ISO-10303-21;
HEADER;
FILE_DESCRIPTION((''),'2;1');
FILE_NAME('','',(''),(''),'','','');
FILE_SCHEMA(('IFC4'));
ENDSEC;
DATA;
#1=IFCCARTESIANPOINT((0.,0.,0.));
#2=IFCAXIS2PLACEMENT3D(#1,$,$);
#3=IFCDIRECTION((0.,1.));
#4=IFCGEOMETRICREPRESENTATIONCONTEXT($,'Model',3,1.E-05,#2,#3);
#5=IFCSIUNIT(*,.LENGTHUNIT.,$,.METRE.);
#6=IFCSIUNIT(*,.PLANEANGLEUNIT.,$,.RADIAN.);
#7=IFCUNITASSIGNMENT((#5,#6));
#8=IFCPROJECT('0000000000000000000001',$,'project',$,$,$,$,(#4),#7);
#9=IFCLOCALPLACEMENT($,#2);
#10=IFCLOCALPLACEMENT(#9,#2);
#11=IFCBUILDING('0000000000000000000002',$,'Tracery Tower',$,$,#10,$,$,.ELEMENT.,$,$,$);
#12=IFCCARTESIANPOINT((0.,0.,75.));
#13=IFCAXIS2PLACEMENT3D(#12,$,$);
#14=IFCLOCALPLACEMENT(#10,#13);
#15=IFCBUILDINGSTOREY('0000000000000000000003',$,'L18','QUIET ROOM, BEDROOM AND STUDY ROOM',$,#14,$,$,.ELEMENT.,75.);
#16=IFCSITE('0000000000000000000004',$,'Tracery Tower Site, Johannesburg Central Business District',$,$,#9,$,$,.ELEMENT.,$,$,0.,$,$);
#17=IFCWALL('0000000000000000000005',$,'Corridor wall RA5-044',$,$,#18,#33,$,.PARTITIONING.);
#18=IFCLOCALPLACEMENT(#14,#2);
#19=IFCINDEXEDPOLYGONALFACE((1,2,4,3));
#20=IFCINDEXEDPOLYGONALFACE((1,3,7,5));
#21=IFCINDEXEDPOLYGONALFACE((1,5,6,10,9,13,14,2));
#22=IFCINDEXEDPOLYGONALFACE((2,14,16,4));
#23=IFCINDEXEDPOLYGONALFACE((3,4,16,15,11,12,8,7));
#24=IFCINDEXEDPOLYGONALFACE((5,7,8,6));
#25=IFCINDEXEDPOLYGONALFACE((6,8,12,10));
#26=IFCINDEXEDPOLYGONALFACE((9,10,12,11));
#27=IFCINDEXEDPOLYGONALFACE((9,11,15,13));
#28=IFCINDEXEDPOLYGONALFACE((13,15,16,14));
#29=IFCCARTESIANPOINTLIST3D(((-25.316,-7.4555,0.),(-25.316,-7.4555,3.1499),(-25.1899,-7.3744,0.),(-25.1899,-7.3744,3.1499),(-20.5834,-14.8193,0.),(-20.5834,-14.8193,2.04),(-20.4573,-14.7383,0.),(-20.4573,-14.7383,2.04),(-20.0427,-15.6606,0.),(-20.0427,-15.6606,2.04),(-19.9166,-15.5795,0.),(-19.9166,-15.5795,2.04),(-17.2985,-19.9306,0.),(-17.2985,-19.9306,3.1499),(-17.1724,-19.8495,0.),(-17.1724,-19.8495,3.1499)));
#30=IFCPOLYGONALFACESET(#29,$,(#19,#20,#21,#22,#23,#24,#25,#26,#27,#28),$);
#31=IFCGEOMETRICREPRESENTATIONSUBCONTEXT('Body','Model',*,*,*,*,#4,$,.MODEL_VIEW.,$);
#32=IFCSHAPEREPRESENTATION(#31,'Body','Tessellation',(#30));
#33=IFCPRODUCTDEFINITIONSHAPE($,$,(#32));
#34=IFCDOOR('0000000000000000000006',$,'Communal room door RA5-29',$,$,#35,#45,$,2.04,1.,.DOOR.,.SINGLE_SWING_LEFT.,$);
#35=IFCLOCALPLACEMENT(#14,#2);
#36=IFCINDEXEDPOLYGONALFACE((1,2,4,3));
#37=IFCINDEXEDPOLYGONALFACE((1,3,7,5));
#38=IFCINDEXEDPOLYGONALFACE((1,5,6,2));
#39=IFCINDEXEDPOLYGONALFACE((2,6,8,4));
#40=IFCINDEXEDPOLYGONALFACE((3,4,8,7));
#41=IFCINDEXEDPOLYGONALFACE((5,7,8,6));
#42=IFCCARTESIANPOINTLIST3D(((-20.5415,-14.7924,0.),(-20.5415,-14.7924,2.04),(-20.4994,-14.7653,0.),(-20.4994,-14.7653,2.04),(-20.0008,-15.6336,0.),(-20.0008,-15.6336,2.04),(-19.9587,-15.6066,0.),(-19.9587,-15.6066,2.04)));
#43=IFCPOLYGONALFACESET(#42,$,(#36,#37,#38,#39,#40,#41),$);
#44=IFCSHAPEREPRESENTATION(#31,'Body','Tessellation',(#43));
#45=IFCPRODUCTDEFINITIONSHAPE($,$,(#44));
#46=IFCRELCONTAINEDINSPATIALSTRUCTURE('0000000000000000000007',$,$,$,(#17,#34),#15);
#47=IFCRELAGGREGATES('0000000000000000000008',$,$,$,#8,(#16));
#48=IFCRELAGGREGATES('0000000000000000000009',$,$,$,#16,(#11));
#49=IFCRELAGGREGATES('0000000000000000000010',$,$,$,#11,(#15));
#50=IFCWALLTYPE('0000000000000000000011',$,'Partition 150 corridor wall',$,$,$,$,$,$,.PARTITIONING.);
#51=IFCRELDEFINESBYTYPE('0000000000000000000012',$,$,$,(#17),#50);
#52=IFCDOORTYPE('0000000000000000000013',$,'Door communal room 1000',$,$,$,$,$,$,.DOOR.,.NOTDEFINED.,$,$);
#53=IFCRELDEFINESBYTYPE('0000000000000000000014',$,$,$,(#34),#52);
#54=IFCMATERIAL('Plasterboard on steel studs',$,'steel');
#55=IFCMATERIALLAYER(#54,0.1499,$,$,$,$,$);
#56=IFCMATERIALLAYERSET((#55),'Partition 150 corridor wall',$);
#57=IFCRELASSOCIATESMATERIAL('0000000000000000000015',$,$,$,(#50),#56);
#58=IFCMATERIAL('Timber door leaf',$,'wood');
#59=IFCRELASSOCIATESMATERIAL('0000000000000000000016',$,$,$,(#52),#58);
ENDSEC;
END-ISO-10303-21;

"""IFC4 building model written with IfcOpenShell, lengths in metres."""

from ifc_helpers import new_model, si_unit, direction, frame, frame_2d, origin, place, context, subcontext, project, spatial, rectangle, extrude, material, layer, layer_set, type_object, element, fill, save


model = new_model("IFC4")

# Units and contexts
model_context = context("Model", 3, precision=1e-05, world=origin(), true_north=direction((0.0, 1.0)))
body_context = subcontext(model_context, "Body", "Model", "MODEL_VIEW")
ifc_project = project(units=[si_unit("LENGTHUNIT", "METRE"), si_unit("PLANEANGLEUNIT", "RADIAN")], contexts=[model_context])

# Site, building, storey
site_placement = place(None, origin())
site = spatial("IfcSite", under=ifc_project, at=site_placement, Name="Tracery Tower Site, Johannesburg Central Business District", CompositionType="ELEMENT", RefElevation=0.0)
building_placement = place(site_placement, origin())
building = spatial("IfcBuilding", under=site, at=building_placement, Name="Tracery Tower", CompositionType="ELEMENT")
storey_placement = place(building_placement, frame((0.0, 0.0, 75.0)))
storey = spatial("IfcBuildingStorey", under=building, at=storey_placement, Name="L18", Description="QUIET ROOM, BEDROOM AND STUDY ROOM", CompositionType="ELEMENT", Elevation=75.0)

# Shared definitions
ifc_material_1 = material(Name="Plasterboard on steel studs", Category="steel")
ifc_layer_1 = layer(ifc_material_1, 0.1499)
ifc_layer_set_1 = layer_set([ifc_layer_1], Name="Partition 150 corridor wall")
wall_type_1 = type_object("IfcWallType", Name="Partition 150 corridor wall", PredefinedType="PARTITIONING", material=ifc_layer_set_1)
ifc_material_2 = material(Name="Timber door leaf", Category="wood")
door_type = type_object("IfcDoorType", Name="Door communal room 1000", OperationType="NOTDEFINED", PredefinedType="DOOR", material=ifc_material_2)

# Wall, opening, door
wall_1_placement = place(storey_placement, frame((-25.2529, -7.415, 0.0), z_axis=(0.0, 0.0, 1.0), x_axis=(0.540656, -0.841244, 0.0)))
wall_1 = element("IfcWall", 1, at=wall_1_placement, inside=storey, type_object=wall_type_1, Name="Corridor wall RA5-044", PredefinedType="PARTITIONING", context=body_context, shape_type="SweptSolid", body=[
    extrude(rectangle(XDim=14.8293, YDim=0.1499, at=frame_2d((7.4146, 0.0))), origin(), (0.0, 0.0, 1.0), 3.1499),
])
opening_1_placement = place(wall_1_placement, frame((8.7534, 0.0, 0.0)))
opening_1 = element("IfcOpeningElement", 2, at=opening_1_placement, cuts=wall_1, PredefinedType="OPENING", context=body_context, shape_type="SweptSolid", body=[
    extrude(rectangle(XDim=1.0, YDim=2.04, at=frame_2d((0.5, 1.02))), frame((0.0, 0.075, 0.0), z_axis=(0.0, -1.0, 0.0), x_axis=(1.0, 0.0, 0.0)), (0.0, 0.0, 1.0), 0.1499),
])
door_1_placement = place(opening_1_placement, origin())
door_1 = element("IfcDoor", 3, at=door_1_placement, inside=storey, type_object=door_type, Name="Communal room door RA5-29", OperationType="SINGLE_SWING_LEFT", OverallHeight=2.04, OverallWidth=1.0, PredefinedType="DOOR", context=body_context, shape_type="SweptSolid", body=[
    extrude(rectangle(XDim=1.0, YDim=2.04, at=frame_2d((0.5, 1.02))), frame((0.0, 0.0249, 0.0), z_axis=(0.0, -1.0, 0.0), x_axis=(1.0, 0.0, 0.0)), (0.0, 0.0, 1.0), 0.05),
])
fill(opening_1, door_1)

save(model, "model.ifc")
